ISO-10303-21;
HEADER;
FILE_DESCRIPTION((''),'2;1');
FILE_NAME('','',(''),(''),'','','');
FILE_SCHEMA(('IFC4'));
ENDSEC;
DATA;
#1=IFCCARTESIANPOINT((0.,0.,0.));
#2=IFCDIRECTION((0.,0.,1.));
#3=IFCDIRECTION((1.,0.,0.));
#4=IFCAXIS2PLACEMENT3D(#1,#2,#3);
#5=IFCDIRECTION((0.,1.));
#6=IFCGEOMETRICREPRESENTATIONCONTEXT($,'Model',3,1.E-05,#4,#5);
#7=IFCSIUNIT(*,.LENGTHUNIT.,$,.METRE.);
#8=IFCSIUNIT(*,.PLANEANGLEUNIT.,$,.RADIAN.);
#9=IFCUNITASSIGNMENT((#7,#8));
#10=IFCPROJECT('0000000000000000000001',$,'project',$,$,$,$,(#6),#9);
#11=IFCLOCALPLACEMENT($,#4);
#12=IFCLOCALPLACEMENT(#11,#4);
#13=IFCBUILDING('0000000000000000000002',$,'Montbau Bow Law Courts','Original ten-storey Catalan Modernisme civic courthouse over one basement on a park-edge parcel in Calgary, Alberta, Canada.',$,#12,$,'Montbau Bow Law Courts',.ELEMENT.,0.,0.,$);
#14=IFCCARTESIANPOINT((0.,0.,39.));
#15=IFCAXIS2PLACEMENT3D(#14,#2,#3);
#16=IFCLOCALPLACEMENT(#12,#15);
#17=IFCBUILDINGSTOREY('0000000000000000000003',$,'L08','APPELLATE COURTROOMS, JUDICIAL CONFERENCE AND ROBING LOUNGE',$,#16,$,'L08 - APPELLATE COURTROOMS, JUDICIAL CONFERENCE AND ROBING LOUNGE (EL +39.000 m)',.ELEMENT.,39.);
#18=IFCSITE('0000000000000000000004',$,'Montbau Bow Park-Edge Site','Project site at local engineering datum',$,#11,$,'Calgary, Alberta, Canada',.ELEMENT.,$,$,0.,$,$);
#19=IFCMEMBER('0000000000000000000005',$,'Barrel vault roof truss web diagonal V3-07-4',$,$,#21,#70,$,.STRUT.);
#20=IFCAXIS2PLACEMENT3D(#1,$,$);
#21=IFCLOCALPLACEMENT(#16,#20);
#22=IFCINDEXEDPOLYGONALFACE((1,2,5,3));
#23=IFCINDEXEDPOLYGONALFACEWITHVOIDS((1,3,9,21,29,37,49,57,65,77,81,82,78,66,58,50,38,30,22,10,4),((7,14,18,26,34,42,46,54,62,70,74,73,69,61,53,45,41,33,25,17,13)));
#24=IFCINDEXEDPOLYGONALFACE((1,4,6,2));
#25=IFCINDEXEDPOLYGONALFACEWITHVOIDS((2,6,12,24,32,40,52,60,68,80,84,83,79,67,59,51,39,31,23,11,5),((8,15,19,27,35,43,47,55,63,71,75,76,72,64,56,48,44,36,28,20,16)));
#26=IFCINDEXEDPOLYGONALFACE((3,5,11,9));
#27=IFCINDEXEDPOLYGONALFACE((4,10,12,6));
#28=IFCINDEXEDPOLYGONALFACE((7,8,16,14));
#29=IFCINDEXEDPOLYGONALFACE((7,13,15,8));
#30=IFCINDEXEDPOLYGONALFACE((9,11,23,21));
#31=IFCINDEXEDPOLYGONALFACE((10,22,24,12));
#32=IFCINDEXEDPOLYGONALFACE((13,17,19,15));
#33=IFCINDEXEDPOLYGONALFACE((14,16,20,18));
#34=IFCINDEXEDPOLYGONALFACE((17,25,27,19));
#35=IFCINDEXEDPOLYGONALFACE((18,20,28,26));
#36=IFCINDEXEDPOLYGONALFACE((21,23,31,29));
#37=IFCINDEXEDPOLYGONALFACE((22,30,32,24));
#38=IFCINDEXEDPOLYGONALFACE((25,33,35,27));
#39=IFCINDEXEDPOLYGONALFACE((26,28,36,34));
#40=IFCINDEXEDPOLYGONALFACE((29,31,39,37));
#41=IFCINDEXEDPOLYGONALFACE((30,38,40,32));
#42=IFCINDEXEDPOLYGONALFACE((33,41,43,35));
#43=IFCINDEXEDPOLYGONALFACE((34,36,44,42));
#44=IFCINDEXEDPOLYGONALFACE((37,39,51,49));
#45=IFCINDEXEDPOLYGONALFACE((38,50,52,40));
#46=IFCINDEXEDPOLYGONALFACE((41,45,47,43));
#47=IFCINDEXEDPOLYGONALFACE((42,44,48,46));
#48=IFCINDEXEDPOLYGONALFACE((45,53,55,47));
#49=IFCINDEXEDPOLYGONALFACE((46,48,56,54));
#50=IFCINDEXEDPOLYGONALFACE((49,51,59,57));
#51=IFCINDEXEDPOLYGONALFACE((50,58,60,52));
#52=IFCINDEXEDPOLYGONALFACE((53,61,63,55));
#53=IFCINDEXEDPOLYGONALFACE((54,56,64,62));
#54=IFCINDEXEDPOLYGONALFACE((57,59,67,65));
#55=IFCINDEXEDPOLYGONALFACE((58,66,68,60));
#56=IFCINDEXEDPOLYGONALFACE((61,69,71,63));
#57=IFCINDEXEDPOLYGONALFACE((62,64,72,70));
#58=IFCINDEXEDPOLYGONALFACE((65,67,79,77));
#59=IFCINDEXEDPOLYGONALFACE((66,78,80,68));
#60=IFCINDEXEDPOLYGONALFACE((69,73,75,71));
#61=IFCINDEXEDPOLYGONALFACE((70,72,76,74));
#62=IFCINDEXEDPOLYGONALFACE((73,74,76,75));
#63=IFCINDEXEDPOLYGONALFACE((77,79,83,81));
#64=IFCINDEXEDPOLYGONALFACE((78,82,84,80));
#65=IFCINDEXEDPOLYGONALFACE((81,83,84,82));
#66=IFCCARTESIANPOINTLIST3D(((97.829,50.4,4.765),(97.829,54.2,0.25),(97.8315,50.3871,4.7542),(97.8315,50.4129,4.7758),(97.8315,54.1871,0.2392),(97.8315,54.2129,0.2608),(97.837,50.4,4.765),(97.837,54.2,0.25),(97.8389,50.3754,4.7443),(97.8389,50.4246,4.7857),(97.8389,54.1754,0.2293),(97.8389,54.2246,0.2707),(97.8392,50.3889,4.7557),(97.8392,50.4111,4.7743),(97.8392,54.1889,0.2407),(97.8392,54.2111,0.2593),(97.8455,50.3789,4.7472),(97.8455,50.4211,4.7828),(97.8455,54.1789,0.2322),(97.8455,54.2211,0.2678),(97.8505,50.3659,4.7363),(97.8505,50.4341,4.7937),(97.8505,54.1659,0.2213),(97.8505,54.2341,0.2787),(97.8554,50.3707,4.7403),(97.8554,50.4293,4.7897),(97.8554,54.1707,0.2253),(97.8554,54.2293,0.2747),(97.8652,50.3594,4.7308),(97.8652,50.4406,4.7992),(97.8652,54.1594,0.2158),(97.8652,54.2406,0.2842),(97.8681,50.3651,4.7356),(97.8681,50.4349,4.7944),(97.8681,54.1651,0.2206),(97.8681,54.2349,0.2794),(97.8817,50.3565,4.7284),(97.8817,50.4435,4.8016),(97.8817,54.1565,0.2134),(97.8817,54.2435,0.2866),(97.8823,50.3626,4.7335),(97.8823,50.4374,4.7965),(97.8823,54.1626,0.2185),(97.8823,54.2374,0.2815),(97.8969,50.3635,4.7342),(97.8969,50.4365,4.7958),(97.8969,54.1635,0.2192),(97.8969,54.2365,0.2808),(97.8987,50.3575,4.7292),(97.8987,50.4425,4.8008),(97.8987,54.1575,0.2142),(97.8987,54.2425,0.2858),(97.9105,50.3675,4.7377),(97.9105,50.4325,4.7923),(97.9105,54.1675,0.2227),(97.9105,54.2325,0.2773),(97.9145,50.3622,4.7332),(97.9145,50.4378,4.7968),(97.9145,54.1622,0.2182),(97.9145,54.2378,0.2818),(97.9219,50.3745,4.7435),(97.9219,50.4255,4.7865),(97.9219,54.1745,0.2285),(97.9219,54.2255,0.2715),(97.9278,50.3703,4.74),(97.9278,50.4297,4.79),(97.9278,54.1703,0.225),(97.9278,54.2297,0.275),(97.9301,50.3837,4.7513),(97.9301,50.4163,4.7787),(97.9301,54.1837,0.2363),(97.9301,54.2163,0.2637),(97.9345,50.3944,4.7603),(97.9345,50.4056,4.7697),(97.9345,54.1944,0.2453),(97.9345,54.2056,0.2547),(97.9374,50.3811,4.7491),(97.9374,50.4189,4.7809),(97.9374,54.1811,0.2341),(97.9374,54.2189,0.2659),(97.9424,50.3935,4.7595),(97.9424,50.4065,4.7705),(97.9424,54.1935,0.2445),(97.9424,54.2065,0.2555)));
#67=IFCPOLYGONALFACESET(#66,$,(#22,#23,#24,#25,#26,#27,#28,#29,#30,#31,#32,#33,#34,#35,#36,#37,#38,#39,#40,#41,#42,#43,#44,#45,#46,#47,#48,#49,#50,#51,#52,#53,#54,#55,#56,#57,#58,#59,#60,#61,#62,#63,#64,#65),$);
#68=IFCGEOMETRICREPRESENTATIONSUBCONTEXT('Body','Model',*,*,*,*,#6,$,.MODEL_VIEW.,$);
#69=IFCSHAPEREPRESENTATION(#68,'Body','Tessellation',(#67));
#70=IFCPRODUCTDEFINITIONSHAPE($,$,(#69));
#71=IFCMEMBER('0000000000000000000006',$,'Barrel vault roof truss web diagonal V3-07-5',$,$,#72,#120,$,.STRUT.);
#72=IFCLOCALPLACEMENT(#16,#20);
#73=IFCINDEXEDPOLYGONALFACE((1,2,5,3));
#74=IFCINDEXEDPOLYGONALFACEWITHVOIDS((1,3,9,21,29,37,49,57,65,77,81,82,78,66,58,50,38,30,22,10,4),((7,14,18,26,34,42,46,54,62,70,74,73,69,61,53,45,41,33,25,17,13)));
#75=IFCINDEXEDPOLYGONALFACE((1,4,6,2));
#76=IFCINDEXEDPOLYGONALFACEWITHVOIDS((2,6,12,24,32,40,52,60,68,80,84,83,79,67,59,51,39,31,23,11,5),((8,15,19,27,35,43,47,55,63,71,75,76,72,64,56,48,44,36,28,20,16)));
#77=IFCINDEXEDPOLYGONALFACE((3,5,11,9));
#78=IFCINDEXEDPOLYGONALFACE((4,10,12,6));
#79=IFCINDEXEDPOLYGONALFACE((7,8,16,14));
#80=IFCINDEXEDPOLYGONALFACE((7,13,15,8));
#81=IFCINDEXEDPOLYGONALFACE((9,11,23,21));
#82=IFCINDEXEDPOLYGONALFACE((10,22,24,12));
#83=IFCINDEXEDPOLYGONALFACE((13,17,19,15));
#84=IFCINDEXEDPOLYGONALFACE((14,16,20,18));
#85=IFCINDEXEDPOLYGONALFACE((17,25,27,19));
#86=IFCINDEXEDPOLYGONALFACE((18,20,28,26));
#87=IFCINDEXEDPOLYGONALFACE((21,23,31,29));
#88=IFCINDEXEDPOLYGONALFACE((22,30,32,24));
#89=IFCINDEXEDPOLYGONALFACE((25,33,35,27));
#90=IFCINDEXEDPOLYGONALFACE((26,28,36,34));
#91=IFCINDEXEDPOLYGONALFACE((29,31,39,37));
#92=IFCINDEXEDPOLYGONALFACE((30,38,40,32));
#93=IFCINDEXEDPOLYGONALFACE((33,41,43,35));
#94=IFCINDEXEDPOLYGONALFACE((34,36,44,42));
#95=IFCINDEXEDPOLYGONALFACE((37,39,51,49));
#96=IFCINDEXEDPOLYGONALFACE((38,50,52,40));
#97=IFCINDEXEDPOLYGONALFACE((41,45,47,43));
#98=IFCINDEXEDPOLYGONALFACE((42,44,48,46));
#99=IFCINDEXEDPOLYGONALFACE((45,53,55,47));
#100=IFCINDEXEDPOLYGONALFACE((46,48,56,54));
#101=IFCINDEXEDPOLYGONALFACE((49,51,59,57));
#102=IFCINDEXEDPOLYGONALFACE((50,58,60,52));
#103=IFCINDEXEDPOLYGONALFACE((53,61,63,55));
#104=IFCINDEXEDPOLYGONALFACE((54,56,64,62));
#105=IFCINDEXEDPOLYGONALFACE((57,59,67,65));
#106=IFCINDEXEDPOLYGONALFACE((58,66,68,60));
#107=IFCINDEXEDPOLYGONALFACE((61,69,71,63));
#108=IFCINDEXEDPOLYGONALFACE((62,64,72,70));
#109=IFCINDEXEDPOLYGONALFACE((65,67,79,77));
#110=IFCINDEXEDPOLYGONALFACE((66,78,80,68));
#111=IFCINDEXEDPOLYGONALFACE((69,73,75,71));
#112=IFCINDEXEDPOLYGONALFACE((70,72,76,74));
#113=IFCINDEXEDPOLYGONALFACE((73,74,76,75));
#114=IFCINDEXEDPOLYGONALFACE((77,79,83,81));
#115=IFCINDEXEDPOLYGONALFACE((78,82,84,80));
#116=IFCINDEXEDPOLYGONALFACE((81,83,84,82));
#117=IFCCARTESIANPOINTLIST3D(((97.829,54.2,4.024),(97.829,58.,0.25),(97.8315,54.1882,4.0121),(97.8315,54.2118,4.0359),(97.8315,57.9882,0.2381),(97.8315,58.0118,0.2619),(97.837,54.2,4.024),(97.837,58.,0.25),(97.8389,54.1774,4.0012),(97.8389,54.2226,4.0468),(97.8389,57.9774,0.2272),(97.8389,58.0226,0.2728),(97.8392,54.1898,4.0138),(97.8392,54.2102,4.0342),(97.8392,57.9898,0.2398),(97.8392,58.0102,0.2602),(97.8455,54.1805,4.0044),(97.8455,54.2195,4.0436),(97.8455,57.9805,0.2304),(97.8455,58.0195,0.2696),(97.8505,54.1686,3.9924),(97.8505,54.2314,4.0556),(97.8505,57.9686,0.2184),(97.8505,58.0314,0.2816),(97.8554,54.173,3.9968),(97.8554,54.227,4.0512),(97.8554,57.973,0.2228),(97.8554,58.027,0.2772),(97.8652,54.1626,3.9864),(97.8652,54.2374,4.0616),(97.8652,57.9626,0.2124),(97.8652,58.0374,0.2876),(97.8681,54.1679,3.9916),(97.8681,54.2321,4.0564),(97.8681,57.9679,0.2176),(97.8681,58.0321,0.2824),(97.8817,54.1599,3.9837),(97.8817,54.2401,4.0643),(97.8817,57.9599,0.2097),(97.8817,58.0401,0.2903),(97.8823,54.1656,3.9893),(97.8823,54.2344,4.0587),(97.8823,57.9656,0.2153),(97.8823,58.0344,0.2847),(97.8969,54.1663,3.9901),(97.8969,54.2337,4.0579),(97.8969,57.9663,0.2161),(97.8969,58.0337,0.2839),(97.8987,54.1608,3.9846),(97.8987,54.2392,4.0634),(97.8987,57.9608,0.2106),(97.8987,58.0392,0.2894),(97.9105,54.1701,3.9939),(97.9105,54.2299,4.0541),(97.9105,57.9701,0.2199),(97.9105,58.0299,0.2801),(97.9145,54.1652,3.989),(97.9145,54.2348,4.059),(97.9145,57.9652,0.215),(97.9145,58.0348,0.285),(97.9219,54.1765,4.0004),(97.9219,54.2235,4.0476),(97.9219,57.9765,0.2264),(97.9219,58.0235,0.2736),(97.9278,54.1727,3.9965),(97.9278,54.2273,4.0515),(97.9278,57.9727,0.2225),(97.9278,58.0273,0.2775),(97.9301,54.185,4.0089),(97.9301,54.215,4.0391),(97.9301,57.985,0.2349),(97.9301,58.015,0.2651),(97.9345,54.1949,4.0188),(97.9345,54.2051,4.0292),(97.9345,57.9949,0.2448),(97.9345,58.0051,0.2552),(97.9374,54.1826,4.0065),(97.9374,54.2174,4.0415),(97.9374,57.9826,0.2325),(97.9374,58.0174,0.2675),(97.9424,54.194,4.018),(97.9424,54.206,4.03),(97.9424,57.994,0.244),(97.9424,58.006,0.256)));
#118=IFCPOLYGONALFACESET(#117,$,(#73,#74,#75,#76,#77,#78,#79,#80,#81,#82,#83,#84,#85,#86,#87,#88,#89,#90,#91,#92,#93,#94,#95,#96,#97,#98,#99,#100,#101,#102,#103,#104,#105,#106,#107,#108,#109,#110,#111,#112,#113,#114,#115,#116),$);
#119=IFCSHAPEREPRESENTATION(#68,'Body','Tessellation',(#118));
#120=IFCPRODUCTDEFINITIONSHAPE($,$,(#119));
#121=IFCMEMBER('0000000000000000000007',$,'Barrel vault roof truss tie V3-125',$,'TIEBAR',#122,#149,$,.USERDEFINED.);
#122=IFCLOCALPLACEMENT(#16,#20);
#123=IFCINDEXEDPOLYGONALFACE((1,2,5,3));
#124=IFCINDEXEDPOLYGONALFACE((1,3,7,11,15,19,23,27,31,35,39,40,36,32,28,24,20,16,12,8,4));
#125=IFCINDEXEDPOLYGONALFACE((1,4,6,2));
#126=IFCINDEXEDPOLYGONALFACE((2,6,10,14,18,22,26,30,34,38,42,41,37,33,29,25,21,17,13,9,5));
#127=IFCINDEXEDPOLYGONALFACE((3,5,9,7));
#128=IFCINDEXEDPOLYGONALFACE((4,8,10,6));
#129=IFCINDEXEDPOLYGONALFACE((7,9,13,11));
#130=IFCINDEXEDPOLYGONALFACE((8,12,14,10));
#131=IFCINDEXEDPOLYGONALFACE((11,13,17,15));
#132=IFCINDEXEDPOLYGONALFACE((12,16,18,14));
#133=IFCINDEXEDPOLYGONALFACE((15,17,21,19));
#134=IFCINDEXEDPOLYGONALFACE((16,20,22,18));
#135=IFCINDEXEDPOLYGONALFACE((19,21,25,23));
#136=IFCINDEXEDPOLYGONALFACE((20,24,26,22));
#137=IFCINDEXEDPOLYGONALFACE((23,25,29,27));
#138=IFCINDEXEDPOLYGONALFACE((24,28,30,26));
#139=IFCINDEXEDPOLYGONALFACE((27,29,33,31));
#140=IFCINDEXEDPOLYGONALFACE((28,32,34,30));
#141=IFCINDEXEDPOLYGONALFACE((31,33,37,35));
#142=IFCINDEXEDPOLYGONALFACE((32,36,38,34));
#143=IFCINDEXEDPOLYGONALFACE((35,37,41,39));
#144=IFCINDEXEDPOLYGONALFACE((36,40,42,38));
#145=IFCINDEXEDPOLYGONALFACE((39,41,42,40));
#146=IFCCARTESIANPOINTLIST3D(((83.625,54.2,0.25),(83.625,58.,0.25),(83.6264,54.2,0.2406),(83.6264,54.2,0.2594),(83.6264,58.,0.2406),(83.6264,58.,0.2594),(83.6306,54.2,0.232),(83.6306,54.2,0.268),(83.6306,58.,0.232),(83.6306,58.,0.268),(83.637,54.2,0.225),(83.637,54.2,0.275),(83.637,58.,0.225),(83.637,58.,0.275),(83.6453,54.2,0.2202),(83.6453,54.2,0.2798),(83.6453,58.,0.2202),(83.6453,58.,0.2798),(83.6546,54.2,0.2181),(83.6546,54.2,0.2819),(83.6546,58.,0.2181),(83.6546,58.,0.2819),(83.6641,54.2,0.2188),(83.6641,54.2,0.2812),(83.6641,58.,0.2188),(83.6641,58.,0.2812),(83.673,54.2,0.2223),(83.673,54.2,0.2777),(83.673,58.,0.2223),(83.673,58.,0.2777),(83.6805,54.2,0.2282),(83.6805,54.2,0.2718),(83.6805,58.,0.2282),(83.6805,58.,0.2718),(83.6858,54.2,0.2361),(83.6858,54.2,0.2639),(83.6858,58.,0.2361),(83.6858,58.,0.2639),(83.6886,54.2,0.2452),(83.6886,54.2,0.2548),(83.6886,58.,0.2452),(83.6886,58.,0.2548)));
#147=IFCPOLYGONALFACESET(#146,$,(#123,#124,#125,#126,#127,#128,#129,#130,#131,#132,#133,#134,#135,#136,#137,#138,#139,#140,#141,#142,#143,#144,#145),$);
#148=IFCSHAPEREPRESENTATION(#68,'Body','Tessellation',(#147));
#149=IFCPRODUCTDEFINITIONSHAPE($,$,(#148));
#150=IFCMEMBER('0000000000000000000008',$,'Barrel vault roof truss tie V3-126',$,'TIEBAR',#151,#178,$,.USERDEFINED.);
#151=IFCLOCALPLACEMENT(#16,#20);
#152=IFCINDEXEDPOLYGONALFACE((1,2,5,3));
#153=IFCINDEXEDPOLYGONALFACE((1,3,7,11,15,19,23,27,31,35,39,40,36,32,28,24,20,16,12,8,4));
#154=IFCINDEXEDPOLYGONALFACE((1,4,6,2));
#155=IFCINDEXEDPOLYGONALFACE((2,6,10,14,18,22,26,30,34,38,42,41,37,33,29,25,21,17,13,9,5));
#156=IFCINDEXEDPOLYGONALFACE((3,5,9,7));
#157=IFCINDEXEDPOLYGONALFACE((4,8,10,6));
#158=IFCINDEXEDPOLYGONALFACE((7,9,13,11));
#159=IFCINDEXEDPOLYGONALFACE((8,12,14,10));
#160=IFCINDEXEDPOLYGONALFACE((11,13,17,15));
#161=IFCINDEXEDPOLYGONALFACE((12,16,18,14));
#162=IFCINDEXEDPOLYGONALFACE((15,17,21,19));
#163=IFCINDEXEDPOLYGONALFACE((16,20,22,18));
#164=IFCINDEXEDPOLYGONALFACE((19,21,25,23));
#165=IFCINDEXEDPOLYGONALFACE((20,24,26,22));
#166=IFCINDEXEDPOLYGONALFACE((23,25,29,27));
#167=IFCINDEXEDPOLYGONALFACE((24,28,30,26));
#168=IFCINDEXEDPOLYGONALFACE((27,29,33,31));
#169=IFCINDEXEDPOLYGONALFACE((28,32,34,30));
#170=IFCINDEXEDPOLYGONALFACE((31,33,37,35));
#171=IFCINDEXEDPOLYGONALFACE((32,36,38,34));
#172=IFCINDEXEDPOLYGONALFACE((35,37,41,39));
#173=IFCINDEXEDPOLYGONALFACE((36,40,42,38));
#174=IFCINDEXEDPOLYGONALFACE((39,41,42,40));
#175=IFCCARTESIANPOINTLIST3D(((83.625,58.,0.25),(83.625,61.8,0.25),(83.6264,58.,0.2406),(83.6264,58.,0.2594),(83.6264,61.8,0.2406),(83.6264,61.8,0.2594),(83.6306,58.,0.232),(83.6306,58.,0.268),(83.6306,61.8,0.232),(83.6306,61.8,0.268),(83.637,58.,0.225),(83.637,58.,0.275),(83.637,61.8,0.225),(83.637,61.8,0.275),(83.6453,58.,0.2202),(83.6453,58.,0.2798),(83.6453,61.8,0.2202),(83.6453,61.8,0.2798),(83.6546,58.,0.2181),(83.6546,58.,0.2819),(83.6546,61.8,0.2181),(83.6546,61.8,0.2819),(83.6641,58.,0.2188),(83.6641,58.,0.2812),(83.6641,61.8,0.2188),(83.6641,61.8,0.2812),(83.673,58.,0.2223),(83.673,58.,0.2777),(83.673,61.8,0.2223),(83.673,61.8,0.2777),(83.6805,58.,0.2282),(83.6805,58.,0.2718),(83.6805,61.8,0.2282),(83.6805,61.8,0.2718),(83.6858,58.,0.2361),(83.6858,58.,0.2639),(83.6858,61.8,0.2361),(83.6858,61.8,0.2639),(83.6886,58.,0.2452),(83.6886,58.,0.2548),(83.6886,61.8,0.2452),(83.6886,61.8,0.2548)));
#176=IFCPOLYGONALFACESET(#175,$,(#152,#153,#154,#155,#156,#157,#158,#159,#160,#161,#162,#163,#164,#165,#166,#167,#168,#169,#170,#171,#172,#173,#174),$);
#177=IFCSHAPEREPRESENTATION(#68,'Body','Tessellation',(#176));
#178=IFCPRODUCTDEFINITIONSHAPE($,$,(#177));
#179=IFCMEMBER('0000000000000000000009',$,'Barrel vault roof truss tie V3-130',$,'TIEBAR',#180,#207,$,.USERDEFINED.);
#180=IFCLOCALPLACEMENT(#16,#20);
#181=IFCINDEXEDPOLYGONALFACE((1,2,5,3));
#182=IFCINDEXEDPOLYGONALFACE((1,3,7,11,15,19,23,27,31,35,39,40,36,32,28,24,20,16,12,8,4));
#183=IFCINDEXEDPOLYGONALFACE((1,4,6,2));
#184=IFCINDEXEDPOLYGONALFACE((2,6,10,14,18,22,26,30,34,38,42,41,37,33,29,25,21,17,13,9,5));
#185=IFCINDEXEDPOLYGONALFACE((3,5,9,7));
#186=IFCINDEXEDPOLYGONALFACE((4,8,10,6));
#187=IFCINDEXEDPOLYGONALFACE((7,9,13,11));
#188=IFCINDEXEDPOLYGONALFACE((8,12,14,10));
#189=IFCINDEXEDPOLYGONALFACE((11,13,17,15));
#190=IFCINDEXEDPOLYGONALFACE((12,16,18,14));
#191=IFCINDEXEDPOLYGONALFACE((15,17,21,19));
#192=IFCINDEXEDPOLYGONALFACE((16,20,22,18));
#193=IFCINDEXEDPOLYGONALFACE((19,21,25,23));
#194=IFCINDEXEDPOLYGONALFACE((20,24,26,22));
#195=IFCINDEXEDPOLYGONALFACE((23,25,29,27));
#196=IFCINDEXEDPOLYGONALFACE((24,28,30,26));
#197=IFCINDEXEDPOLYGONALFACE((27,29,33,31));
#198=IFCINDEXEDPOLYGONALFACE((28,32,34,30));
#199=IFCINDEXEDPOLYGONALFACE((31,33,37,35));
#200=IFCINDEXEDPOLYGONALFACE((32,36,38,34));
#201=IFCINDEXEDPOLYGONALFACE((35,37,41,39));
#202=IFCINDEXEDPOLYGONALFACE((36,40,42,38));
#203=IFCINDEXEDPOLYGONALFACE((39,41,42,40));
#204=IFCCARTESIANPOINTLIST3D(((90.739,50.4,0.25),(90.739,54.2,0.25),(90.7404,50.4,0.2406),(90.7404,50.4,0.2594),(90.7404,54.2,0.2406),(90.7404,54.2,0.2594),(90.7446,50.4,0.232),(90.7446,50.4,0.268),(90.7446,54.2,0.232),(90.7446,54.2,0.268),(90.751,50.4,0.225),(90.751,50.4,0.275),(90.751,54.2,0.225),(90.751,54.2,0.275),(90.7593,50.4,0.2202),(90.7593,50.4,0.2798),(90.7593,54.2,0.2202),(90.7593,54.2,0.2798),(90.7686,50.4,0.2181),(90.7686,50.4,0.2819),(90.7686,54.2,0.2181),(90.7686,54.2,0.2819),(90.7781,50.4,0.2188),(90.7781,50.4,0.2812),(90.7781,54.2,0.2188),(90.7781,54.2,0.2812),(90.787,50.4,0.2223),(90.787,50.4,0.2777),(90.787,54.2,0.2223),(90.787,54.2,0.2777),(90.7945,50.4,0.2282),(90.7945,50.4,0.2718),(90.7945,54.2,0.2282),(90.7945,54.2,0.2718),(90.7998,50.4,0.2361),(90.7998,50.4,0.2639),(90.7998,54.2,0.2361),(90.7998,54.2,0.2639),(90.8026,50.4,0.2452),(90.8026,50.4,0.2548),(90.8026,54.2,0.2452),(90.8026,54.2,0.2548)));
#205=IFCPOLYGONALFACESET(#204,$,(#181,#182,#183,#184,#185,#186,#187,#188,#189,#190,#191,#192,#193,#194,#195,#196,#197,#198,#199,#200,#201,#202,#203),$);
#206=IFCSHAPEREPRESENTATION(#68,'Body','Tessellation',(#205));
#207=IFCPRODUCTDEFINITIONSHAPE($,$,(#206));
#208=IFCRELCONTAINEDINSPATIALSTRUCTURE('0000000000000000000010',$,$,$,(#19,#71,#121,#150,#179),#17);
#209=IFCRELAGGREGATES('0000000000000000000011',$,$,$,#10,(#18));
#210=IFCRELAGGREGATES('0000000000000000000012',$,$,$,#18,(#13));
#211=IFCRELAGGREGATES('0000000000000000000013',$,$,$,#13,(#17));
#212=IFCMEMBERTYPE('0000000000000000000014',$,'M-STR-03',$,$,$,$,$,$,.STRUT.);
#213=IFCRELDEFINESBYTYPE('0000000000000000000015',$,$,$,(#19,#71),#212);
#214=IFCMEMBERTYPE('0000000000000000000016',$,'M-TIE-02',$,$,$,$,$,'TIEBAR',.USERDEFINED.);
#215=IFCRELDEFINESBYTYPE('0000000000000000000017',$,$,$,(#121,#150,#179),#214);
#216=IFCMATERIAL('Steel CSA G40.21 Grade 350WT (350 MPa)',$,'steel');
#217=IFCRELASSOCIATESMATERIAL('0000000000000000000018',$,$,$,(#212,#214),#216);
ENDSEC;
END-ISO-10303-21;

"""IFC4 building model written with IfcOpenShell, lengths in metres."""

from ifc_helpers import new_model, si_unit, direction, frame, origin_with_axes, origin_2d_with_axis, place, context, subcontext, project, spatial, circle, hollow_circle, extrude, material, material_profile, profile_set, type_object, element, save


model = new_model("IFC4")

# Units and contexts
model_context = context("Model", 3, precision=1e-05, world=origin_with_axes(), true_north=direction((0.0, 1.0)))
body_context = subcontext(model_context, "Body", "Model", "MODEL_VIEW")
ifc_project = project(units=[si_unit("LENGTHUNIT", "METRE"), si_unit("PLANEANGLEUNIT", "RADIAN")], contexts=[model_context])

# Site, building, storey
site_placement = place(None, origin_with_axes())
site = spatial("IfcSite", under=ifc_project, at=site_placement, Name="Montbau Bow Park-Edge Site", Description="Project site at local engineering datum", LongName="Calgary, Alberta, Canada", CompositionType="ELEMENT", RefElevation=0.0)
building_placement = place(site_placement, origin_with_axes())
building = spatial("IfcBuilding", under=site, at=building_placement, Name="Montbau Bow Law Courts", Description="Original ten-storey Catalan Modernisme civic courthouse over one basement on a park-edge parcel in Calgary, Alberta, Canada.", LongName="Montbau Bow Law Courts", CompositionType="ELEMENT", ElevationOfRefHeight=0.0, ElevationOfTerrain=0.0)
storey_placement = place(building_placement, frame((0.0, 0.0, 39.0), z_axis=(0.0, 0.0, 1.0), x_axis=(1.0, 0.0, 0.0)))
storey = spatial("IfcBuildingStorey", under=building, at=storey_placement, Name="L08", Description="APPELLATE COURTROOMS, JUDICIAL CONFERENCE AND ROBING LOUNGE", LongName="L08 - APPELLATE COURTROOMS, JUDICIAL CONFERENCE AND ROBING LOUNGE (EL +39.000 m)", CompositionType="ELEMENT", Elevation=39.0)

# Shared definitions
ifc_material_1 = material(Name="Steel CSA G40.21 Grade 350WT (350 MPa)", Category="steel")

# Members
ifc_material_profile_1 = material_profile(ifc_material_1, hollow_circle(Radius=0.057, WallThickness=0.008, at=origin_2d_with_axis()), Name="HSS114X8.0", Category="Main", Priority=0)
ifc_profile_set_1 = profile_set([ifc_material_profile_1], Name="Steel CSA G40.21 Grade 350WT (350 MPa)")
member_type_1 = type_object("IfcMemberType", Name="M-STR-03", PredefinedType="STRUT", material=ifc_profile_set_1)
member_1_placement = place(None, frame((97.886, 50.4, 43.765), z_axis=(0.0, 0.643927, -0.765087), x_axis=(-1.0, 0.0, 0.0)))
element("IfcMember", 1, at=member_1_placement, inside=storey, type_object=member_type_1, Name="Barrel vault roof truss web diagonal V3-07-4", PredefinedType="STRUT", context=body_context, shape_type="SweptSolid", body=[
    extrude(hollow_circle(Radius=0.057, WallThickness=0.008, at=origin_2d_with_axis()), origin_with_axes(), (0.0, 0.0, 1.0), 5.9013),
])
member_2_placement = place(None, frame((97.886, 54.2, 43.024), z_axis=(0.0, 0.70953, -0.704675), x_axis=(-1.0, 0.0, 0.0)))
element("IfcMember", 2, at=member_2_placement, inside=storey, type_object=member_type_1, Name="Barrel vault roof truss web diagonal V3-07-5", PredefinedType="STRUT", context=body_context, shape_type="SweptSolid", body=[
    extrude(hollow_circle(Radius=0.057, WallThickness=0.008, at=origin_2d_with_axis()), origin_with_axes(), (0.0, 0.0, 1.0), 5.3557),
])
ifc_material_profile_2 = material_profile(ifc_material_1, circle(Radius=0.032, at=origin_2d_with_axis()), Name="ROD64", Category="Main", Priority=0)
ifc_profile_set_2 = profile_set([ifc_material_profile_2], Name="Steel CSA G40.21 Grade 350WT (350 MPa)")
member_type_2 = type_object("IfcMemberType", Name="M-TIE-02", ElementType="TIEBAR", PredefinedType="USERDEFINED", material=ifc_profile_set_2)
for number, where, z_axis, x_axis, name in (
    (3, (83.657, 54.2, 39.25), (0.0, 1.0, 0.0), (-1.0, 0.0, 0.0), "Barrel vault roof truss tie V3-125"),
    (4, (83.657, 58.0, 39.25), (0.0, 1.0, 0.0), (-1.0, 0.0, 0.0), "Barrel vault roof truss tie V3-126"),
    (5, (90.771, 50.4, 39.25), (0.0, 1.0, 0.0), (-1.0, 0.0, 0.0), "Barrel vault roof truss tie V3-130"),
):
    element("IfcMember", number, at=place(None, frame(where, z_axis=z_axis, x_axis=x_axis)), inside=storey, type_object=member_type_2, Name=name, ObjectType="TIEBAR", PredefinedType="USERDEFINED", context=body_context, shape_type="SweptSolid", body=[
        extrude(circle(Radius=0.032, at=origin_2d_with_axis()), origin_with_axes(), (0.0, 0.0, 1.0), 3.8),
    ])

save(model, "model.ifc")
